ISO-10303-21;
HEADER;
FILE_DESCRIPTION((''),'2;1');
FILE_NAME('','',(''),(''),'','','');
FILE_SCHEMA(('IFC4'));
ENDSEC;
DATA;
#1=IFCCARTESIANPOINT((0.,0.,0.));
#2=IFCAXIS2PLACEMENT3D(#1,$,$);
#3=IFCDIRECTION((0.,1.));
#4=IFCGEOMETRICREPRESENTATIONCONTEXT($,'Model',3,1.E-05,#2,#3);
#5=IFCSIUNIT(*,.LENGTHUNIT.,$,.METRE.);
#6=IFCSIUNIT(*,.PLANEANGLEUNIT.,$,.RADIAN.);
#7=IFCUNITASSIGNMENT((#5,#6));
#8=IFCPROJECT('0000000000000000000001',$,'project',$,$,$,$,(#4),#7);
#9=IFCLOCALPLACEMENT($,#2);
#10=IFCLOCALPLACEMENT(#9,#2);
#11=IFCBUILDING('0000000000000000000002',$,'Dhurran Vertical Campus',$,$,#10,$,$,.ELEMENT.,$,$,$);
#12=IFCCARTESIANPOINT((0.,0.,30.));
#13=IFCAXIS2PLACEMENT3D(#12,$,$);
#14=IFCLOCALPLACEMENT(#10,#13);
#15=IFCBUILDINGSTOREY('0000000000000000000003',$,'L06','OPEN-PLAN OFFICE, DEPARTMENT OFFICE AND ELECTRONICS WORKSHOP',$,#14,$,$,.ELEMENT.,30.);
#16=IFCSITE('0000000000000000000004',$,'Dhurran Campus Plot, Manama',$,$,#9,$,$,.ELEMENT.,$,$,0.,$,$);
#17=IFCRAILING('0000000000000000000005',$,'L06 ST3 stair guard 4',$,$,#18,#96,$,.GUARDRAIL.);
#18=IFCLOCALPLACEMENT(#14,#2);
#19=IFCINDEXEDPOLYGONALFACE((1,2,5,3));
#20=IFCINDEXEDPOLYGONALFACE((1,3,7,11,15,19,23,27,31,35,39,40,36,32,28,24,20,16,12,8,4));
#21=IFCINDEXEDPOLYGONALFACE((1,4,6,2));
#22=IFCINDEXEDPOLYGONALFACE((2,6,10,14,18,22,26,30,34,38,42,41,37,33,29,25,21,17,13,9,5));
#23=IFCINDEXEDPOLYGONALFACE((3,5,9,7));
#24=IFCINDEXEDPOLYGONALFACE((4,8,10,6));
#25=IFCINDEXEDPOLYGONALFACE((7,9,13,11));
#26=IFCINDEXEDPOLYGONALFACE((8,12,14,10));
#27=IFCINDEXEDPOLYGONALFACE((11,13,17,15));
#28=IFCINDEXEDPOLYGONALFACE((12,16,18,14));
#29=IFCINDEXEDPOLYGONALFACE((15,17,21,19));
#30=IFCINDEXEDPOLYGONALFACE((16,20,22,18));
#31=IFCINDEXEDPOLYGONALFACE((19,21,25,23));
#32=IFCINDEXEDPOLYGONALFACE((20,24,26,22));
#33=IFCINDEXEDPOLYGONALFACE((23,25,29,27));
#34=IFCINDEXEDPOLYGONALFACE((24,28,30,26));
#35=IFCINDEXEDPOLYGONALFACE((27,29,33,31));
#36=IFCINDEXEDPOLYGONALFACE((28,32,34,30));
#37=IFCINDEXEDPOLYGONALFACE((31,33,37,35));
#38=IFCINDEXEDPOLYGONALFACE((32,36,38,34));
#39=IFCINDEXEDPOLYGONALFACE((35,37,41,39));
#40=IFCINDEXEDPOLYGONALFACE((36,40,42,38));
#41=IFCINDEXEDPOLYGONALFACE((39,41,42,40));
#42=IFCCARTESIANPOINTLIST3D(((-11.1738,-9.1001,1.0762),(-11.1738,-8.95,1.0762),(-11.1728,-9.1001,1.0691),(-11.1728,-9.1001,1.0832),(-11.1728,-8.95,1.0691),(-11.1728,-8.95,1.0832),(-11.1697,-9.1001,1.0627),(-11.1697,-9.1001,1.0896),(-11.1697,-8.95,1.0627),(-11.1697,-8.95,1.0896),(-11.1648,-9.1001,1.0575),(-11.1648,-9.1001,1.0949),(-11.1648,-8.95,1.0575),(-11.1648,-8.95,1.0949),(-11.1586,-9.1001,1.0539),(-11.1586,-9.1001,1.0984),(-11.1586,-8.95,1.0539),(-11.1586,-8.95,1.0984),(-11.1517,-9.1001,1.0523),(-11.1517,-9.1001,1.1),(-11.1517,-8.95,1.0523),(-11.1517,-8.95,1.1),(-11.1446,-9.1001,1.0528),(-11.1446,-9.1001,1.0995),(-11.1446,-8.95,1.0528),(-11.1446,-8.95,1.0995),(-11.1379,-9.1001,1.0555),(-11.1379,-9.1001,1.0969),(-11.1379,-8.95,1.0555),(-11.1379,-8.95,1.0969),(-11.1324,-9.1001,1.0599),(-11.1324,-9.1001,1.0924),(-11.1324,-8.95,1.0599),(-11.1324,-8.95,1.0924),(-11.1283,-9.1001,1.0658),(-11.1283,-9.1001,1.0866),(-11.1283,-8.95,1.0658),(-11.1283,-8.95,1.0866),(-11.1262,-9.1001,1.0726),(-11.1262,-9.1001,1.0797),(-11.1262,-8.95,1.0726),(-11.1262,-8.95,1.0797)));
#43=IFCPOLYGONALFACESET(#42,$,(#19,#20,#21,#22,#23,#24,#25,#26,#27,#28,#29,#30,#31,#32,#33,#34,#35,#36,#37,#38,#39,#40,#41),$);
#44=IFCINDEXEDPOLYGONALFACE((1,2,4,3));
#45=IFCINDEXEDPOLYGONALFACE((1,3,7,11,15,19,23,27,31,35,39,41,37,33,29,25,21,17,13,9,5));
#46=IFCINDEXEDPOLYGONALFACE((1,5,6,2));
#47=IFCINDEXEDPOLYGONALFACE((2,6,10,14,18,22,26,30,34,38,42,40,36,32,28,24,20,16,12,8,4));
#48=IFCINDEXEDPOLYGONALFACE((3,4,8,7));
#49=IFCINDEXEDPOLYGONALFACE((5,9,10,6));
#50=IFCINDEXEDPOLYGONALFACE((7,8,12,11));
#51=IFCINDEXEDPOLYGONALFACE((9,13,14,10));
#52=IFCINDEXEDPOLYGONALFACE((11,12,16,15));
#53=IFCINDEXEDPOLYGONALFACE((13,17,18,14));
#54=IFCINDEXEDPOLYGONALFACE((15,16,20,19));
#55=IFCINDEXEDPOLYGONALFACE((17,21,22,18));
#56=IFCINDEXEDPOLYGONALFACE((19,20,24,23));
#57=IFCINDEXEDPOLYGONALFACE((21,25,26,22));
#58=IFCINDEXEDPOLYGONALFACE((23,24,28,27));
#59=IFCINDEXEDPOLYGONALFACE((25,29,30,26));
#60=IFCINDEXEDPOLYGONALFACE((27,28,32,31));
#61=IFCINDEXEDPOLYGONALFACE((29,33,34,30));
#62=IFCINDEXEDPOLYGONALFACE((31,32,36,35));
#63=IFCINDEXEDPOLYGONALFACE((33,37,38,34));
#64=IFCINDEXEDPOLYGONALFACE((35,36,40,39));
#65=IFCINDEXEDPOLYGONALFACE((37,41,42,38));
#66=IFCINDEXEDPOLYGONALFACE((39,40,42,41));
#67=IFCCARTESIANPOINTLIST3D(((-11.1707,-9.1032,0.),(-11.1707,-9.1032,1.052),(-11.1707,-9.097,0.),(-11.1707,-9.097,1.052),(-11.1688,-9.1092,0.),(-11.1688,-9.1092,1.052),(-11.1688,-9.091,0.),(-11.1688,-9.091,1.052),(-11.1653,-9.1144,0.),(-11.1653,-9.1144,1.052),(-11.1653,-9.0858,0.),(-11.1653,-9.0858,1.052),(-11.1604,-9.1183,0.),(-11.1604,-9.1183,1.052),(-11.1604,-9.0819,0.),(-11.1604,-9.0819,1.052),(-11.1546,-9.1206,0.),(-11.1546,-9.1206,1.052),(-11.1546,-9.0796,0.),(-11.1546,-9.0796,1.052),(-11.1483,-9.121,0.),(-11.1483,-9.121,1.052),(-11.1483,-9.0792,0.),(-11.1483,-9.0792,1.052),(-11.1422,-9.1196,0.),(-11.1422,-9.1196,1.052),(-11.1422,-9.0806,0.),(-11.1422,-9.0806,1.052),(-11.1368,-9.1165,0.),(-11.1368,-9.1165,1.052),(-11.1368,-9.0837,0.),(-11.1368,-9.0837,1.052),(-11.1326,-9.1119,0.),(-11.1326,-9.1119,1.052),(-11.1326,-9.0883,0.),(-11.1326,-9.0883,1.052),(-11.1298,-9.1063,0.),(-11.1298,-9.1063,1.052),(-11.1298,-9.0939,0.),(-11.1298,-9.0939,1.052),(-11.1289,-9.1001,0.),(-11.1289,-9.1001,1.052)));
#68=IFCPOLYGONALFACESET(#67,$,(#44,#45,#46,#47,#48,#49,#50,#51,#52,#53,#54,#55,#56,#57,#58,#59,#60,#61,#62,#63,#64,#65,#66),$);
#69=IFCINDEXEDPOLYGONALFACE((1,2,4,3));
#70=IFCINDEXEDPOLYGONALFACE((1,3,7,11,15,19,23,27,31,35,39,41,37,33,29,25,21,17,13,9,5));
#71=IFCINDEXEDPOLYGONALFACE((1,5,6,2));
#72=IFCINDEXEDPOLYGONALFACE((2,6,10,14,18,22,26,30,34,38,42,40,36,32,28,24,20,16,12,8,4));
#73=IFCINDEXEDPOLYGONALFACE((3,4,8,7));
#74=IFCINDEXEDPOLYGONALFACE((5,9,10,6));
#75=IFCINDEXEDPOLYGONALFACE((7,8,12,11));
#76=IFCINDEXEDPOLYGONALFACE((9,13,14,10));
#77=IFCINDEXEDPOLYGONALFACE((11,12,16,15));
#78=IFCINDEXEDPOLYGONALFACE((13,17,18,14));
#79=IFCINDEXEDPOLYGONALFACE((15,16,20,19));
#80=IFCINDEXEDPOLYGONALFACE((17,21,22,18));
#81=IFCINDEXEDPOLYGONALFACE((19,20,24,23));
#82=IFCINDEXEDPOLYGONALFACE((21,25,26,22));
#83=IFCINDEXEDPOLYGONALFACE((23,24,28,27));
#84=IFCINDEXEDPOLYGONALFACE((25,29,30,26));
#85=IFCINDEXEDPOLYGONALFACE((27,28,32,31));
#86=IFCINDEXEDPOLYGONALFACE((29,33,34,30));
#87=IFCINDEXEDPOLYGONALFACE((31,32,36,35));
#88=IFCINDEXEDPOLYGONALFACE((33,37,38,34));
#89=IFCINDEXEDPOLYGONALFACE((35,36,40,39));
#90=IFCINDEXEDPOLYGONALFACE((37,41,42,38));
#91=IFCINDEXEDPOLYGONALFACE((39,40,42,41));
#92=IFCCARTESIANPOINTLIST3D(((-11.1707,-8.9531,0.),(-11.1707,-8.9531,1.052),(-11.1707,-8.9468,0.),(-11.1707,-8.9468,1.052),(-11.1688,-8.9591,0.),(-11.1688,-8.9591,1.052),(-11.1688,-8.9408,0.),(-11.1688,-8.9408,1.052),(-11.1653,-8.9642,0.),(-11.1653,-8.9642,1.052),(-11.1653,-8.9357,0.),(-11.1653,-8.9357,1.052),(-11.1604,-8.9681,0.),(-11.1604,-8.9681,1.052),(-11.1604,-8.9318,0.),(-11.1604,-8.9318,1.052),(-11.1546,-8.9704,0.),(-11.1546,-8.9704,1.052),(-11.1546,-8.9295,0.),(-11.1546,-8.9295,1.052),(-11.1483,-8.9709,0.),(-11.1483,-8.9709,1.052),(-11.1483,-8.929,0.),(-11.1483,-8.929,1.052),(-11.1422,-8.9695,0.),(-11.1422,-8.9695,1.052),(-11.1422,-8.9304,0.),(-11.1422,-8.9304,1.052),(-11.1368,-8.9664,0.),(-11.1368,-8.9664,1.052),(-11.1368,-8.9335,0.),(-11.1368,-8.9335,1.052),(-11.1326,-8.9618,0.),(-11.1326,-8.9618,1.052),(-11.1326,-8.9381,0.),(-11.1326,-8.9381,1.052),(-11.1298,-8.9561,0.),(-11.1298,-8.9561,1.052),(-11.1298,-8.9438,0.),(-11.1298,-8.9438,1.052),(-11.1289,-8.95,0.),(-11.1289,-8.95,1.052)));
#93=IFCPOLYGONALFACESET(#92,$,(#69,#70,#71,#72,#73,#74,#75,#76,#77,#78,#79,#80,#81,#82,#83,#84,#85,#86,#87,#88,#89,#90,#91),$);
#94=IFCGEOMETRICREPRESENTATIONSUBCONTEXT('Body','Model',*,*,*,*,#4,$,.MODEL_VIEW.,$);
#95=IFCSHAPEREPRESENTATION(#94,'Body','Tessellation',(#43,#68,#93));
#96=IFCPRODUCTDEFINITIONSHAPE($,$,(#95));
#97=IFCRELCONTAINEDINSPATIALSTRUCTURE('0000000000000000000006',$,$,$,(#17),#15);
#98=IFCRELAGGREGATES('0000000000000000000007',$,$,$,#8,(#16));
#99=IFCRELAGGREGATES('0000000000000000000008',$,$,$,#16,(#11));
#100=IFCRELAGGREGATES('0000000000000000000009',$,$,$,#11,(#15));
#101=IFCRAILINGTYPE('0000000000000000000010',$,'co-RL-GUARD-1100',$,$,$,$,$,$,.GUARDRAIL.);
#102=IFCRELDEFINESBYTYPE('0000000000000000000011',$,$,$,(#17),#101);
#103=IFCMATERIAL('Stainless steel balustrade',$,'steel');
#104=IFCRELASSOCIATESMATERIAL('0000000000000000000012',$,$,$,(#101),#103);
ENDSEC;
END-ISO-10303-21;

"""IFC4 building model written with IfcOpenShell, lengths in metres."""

from ifc_helpers import new_model, si_unit, direction, frame, origin, origin_2d, place, context, subcontext, project, spatial, circle, extrude, material, type_object, element, save


model = new_model("IFC4")

# Units and contexts
model_context = context("Model", 3, precision=1e-05, world=origin(), true_north=direction((0.0, 1.0)))
body_context = subcontext(model_context, "Body", "Model", "MODEL_VIEW")
ifc_project = project(units=[si_unit("LENGTHUNIT", "METRE"), si_unit("PLANEANGLEUNIT", "RADIAN")], contexts=[model_context])

# Site, building, storey
site_placement = place(None, origin())
site = spatial("IfcSite", under=ifc_project, at=site_placement, Name="Dhurran Campus Plot, Manama", CompositionType="ELEMENT", RefElevation=0.0)
building_placement = place(site_placement, origin())
building = spatial("IfcBuilding", under=site, at=building_placement, Name="Dhurran Vertical Campus", CompositionType="ELEMENT")
storey_placement = place(building_placement, frame((0.0, 0.0, 30.0)))
storey = spatial("IfcBuildingStorey", under=building, at=storey_placement, Name="L06", Description="OPEN-PLAN OFFICE, DEPARTMENT OFFICE AND ELECTRONICS WORKSHOP", CompositionType="ELEMENT", Elevation=30.0)

# Railing
ifc_material_1 = material(Name="Stainless steel balustrade", Category="steel")
railing_type_1 = type_object("IfcRailingType", Name="co-RL-GUARD-1100", PredefinedType="GUARDRAIL", material=ifc_material_1)
railing_1_placement = place(storey_placement, frame((-11.1499, -9.1001, 0.0)))
element("IfcRailing", 1, at=railing_1_placement, inside=storey, type_object=railing_type_1, Name="L06 ST3 stair guard 4", PredefinedType="GUARDRAIL", context=body_context, shape_type="SweptSolid", body=[
    extrude(circle(Radius=0.0239, at=origin_2d()), frame((0.0, 0.0, 1.0762), z_axis=(0.0, 1.0, 0.0), x_axis=(-1.0, 0.0, 0.0)), (0.0, 0.0, 1.0), 0.1501),
    extrude(circle(Radius=0.021, at=origin_2d()), origin(), (0.0, 0.0, 1.0), 1.052),
    extrude(circle(Radius=0.021, at=origin_2d()), frame((0.0, 0.1501, 0.0)), (0.0, 0.0, 1.0), 1.052),
])

save(model, "model.ifc")
